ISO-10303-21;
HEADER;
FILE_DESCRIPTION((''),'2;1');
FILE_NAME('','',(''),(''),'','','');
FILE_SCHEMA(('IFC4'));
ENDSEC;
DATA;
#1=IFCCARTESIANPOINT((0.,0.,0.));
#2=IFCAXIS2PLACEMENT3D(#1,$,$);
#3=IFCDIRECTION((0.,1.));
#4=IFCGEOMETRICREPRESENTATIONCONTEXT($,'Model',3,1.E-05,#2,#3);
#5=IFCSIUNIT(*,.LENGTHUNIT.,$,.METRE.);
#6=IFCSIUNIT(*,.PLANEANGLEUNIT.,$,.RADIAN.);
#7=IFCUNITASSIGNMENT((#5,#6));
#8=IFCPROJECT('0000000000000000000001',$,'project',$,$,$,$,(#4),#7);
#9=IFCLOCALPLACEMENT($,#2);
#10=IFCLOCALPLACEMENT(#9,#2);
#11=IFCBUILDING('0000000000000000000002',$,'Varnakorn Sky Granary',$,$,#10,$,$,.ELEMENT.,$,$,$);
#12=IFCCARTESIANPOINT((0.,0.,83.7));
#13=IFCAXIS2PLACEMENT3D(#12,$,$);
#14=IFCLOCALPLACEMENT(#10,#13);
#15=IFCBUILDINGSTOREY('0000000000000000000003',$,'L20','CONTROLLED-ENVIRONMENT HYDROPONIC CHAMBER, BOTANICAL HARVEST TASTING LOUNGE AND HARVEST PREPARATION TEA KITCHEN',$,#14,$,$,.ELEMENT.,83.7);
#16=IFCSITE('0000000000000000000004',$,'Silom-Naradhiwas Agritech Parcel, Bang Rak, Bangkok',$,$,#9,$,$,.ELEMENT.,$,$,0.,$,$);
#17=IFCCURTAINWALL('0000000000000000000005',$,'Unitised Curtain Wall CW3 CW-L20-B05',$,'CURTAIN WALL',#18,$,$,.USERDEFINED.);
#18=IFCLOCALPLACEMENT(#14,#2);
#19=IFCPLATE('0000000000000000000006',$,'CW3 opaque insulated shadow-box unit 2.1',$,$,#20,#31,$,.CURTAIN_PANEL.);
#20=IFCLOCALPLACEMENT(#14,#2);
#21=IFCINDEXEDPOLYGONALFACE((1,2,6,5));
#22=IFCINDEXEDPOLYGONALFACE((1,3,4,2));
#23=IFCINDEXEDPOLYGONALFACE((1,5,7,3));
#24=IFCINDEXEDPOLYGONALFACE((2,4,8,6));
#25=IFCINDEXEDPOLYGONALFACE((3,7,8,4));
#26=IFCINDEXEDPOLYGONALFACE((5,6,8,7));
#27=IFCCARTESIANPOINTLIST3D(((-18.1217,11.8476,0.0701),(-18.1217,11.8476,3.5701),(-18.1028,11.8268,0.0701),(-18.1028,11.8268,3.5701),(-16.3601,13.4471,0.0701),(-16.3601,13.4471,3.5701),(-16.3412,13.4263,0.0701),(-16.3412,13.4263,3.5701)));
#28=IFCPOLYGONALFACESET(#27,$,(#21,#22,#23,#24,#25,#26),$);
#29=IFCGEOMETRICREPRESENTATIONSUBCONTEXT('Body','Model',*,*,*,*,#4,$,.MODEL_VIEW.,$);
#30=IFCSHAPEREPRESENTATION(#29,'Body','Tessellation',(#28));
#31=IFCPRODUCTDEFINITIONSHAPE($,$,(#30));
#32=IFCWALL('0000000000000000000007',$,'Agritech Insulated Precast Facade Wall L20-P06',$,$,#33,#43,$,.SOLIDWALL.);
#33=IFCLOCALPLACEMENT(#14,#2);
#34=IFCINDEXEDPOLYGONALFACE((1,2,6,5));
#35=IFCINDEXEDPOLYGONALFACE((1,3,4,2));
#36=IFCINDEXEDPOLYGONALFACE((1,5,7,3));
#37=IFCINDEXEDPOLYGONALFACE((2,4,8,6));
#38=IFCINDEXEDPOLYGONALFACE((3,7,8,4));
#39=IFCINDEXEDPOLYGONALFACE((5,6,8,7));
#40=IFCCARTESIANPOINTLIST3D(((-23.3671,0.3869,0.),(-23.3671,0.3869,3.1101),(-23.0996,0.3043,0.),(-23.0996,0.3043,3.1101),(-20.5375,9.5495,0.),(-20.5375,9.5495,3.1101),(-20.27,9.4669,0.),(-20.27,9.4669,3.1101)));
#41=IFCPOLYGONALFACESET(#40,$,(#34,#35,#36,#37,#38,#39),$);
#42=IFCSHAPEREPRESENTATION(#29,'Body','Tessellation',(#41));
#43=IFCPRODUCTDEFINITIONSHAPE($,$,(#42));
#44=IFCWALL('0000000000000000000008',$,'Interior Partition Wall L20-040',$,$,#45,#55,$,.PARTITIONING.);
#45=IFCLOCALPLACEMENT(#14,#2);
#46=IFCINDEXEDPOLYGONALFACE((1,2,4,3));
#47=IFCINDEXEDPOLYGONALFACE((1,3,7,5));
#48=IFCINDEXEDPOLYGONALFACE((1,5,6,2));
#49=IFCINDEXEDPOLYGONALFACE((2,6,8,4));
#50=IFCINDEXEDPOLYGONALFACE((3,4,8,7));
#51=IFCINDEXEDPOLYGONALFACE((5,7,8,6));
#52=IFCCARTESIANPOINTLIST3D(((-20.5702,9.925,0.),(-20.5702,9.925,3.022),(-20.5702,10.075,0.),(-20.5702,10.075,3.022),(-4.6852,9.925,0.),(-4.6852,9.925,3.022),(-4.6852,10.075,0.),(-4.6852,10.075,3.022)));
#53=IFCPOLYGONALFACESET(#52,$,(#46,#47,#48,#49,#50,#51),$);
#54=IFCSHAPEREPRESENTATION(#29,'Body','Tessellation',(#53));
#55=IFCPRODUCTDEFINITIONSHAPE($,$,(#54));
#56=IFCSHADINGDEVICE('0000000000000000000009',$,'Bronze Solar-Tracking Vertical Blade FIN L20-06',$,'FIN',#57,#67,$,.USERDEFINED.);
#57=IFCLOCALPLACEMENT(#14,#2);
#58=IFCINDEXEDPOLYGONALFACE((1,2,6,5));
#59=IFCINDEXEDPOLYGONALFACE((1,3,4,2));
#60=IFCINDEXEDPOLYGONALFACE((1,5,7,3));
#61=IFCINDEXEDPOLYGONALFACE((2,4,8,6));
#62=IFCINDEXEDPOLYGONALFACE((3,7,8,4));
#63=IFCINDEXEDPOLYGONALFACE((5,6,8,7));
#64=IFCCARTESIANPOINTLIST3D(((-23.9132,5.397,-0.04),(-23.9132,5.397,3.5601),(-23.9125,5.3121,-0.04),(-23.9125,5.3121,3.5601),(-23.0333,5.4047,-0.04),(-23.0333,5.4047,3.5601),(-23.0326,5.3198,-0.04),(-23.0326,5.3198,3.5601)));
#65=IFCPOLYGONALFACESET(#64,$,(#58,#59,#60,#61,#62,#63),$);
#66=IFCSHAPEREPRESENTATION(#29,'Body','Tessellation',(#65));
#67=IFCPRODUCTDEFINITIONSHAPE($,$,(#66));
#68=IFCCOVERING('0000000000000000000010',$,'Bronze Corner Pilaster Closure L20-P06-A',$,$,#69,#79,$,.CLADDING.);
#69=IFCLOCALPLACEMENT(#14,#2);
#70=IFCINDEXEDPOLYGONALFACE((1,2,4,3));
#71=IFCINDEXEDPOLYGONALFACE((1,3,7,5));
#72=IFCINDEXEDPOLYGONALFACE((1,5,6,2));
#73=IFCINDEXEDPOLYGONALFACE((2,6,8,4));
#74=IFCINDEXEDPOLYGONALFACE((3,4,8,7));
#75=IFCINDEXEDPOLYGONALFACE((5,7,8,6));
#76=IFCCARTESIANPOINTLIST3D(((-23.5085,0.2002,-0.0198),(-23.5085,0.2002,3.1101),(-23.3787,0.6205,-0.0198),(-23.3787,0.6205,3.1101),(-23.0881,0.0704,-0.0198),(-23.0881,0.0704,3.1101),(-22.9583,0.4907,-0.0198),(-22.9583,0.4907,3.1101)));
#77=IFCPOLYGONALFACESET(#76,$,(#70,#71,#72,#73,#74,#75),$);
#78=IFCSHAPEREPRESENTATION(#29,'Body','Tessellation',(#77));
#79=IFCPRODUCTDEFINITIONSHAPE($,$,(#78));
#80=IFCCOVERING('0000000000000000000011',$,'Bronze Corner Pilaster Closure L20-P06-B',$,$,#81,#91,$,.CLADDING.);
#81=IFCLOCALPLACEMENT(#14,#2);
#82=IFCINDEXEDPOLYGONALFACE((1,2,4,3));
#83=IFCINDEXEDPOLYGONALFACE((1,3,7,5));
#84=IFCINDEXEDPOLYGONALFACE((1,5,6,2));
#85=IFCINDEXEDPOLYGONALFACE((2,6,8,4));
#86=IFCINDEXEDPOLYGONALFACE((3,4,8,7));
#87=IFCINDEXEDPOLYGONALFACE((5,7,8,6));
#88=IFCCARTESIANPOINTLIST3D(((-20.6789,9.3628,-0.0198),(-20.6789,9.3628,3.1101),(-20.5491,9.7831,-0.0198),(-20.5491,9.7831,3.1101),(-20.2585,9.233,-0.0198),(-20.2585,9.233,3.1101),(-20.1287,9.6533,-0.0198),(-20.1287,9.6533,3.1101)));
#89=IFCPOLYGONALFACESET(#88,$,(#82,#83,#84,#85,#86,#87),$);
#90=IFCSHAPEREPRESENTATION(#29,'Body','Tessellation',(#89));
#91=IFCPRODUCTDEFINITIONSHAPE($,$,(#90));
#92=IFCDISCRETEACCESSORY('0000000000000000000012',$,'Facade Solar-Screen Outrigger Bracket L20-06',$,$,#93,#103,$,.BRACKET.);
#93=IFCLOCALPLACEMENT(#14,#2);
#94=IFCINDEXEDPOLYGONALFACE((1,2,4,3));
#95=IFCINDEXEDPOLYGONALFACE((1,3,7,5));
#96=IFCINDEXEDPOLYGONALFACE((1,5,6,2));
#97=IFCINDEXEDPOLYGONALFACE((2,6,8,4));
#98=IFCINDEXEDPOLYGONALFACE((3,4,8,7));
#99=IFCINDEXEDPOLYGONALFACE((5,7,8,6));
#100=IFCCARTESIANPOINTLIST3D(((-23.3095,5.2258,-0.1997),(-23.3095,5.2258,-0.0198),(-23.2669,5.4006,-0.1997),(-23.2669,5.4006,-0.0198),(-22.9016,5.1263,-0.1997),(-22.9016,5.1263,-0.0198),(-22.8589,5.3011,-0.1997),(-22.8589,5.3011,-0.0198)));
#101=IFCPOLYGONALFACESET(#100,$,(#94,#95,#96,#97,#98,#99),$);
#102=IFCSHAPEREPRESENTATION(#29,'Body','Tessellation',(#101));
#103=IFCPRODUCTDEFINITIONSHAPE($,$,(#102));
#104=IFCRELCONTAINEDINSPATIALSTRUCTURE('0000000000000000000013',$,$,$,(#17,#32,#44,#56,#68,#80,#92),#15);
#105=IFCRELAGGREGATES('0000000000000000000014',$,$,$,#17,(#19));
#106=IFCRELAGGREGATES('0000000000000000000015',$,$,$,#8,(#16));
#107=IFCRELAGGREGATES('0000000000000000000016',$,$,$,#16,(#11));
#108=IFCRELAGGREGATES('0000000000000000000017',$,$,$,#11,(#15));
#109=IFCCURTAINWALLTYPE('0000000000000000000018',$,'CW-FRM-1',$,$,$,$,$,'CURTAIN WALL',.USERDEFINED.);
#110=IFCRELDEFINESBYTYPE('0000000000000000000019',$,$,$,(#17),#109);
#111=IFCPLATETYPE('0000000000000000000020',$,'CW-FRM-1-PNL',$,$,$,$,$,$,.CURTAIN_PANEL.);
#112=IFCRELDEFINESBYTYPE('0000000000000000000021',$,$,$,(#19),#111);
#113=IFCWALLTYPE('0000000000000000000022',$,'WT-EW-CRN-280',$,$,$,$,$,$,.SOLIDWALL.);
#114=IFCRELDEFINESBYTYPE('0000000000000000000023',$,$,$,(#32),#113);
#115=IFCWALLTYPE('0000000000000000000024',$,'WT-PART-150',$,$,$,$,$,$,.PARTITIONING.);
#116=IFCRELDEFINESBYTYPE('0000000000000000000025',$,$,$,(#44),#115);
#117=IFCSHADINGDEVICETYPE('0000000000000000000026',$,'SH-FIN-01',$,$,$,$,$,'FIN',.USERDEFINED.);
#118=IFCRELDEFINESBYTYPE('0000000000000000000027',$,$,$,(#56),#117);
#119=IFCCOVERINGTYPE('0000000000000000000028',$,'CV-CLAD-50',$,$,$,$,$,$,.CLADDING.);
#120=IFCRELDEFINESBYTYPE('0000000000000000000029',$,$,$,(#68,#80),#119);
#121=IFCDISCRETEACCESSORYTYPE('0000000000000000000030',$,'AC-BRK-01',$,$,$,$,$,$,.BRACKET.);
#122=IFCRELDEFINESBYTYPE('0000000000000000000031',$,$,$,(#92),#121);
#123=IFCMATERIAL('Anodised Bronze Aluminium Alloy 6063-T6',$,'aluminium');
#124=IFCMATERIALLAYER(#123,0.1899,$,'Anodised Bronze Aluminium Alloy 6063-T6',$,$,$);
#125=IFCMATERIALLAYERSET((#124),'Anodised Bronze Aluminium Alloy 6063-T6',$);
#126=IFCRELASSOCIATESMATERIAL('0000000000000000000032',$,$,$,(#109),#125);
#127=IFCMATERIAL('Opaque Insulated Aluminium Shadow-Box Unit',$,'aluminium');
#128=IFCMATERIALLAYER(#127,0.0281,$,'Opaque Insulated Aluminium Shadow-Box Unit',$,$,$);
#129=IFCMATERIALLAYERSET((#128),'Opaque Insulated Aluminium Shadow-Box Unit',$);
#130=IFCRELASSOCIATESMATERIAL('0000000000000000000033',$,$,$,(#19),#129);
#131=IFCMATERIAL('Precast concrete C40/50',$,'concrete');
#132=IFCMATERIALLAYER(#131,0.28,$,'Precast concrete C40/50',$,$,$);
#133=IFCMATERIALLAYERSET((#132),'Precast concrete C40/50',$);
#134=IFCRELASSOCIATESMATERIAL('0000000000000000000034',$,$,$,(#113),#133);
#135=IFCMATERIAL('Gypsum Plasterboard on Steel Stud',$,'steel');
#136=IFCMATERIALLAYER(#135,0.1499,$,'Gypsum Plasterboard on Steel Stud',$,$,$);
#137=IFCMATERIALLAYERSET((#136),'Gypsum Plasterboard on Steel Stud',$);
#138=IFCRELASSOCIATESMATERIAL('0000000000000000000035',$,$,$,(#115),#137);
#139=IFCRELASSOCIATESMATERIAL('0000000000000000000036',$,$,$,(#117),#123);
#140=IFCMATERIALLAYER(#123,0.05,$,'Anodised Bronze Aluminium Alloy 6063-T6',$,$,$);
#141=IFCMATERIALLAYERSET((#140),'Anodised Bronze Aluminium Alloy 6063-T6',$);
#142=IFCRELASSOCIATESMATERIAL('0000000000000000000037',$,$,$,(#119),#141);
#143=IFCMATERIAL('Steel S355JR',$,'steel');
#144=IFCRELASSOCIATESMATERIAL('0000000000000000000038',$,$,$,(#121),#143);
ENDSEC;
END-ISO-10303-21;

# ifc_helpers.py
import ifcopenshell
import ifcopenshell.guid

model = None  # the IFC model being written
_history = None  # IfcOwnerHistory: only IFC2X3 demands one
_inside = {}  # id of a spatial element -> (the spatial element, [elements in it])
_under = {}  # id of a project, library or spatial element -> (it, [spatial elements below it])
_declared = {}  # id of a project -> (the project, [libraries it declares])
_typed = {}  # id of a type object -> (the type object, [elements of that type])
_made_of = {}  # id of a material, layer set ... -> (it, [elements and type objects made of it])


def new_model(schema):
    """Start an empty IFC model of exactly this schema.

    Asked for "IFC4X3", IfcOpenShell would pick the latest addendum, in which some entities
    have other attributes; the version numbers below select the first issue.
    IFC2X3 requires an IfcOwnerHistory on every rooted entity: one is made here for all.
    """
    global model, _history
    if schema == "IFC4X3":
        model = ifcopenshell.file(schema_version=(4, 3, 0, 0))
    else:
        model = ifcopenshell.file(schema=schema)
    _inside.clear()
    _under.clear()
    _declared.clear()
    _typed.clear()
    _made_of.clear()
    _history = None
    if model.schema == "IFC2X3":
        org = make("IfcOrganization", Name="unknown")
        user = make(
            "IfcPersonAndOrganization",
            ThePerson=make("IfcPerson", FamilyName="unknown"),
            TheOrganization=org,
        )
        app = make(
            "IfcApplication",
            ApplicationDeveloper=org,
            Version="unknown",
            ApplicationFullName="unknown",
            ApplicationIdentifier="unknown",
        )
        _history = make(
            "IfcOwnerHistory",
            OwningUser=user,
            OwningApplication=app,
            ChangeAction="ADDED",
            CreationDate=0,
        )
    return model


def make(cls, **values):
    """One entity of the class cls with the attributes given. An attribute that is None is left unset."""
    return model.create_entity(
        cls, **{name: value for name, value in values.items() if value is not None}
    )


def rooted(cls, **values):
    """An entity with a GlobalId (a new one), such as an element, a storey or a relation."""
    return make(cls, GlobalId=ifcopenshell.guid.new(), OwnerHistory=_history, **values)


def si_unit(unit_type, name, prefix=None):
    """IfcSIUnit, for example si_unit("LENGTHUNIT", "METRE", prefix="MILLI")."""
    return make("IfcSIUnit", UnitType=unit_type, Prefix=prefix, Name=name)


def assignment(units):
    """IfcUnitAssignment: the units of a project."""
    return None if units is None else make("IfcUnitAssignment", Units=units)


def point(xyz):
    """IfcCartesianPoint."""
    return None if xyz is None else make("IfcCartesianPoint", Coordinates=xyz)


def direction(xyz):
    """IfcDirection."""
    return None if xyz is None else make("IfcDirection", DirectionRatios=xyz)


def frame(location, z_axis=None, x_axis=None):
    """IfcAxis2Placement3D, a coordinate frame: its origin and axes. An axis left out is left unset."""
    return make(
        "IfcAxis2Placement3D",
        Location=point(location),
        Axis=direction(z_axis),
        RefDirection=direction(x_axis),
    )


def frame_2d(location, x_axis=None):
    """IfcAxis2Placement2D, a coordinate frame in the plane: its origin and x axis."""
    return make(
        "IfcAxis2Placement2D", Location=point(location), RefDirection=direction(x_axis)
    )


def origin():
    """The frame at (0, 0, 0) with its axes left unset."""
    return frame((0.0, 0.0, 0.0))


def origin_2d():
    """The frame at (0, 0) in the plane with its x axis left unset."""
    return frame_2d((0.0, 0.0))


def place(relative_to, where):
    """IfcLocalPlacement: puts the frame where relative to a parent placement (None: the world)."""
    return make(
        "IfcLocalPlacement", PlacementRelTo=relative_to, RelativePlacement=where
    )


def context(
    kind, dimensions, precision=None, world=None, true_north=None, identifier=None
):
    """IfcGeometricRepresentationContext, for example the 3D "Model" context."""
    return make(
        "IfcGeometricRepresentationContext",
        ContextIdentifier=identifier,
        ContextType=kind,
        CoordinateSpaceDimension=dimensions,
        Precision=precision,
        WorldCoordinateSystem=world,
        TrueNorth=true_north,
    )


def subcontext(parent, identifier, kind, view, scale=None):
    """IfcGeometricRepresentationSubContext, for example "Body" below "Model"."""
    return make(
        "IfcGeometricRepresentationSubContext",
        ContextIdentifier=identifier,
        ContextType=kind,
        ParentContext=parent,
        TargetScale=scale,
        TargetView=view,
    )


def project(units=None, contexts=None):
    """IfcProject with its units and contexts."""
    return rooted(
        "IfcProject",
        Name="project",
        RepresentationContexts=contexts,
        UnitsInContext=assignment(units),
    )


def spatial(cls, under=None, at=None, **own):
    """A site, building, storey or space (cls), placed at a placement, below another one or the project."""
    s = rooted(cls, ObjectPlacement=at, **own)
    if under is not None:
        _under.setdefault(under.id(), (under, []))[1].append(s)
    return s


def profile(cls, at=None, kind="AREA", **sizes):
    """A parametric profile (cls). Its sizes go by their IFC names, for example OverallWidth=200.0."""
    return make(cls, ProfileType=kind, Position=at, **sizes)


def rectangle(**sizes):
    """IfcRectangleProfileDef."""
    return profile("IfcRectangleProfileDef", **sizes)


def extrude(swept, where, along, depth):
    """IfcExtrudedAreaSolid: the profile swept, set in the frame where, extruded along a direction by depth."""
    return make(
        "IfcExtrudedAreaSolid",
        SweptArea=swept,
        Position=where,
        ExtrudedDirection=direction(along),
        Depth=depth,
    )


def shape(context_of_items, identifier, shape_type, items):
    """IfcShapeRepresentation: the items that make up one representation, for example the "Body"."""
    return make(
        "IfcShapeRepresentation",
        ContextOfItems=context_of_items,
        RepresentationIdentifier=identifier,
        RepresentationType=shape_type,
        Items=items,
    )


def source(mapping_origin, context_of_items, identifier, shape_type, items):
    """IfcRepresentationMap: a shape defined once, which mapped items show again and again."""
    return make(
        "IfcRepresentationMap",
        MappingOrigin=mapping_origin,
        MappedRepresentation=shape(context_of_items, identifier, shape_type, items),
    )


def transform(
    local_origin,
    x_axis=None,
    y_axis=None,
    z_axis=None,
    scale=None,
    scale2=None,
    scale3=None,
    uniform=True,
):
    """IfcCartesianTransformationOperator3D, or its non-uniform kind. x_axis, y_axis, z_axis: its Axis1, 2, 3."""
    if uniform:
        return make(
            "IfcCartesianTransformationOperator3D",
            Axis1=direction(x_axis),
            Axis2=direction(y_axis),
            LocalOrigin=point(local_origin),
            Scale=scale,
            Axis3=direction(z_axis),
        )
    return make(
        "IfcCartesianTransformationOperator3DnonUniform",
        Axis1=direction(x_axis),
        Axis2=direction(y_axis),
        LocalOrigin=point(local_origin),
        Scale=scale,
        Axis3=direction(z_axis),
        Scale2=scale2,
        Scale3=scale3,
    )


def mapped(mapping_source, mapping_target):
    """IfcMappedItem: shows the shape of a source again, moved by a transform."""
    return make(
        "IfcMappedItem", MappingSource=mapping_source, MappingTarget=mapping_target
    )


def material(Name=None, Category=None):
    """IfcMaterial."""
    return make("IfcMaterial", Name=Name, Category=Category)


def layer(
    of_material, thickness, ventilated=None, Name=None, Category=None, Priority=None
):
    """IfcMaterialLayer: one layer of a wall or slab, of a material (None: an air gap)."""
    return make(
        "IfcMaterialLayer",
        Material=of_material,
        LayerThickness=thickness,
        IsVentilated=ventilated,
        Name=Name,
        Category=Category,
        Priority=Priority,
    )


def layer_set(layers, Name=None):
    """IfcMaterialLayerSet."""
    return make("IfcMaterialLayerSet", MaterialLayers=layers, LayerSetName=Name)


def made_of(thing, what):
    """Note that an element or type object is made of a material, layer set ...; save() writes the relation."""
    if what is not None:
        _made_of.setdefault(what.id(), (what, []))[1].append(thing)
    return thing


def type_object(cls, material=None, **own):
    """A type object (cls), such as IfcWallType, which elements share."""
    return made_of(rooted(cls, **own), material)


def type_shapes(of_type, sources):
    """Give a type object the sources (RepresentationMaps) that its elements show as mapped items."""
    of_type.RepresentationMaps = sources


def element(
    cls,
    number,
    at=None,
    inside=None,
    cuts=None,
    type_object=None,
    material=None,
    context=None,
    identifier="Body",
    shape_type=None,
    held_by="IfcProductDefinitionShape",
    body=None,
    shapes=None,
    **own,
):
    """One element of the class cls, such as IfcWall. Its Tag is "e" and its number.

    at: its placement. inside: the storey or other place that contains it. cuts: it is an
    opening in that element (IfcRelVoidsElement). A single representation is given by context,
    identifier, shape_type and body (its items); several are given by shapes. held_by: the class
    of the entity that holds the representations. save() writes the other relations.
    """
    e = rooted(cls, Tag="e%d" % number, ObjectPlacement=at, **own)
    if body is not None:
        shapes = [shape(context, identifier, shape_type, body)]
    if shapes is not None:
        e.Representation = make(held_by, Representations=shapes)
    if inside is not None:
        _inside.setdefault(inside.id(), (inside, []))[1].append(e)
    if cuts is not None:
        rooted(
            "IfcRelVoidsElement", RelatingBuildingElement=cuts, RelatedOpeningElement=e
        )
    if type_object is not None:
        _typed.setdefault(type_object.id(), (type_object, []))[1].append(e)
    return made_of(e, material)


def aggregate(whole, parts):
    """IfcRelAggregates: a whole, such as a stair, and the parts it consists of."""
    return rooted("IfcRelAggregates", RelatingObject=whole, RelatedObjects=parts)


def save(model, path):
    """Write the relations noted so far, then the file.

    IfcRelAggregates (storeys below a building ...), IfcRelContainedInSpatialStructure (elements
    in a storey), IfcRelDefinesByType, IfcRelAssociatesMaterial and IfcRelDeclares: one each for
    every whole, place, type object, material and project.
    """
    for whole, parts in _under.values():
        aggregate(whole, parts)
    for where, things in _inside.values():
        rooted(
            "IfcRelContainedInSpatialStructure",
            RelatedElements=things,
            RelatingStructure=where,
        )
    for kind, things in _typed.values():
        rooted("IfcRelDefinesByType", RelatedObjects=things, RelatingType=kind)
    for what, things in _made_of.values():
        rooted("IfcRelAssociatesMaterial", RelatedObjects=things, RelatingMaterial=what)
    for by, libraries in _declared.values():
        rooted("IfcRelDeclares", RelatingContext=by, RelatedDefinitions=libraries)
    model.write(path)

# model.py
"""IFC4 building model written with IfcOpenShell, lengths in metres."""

from ifc_helpers import new_model, si_unit, direction, frame, frame_2d, origin, origin_2d, place, context, subcontext, project, spatial, rectangle, extrude, source, transform, mapped, material, layer, layer_set, type_object, type_shapes, element, aggregate, save


model = new_model("IFC4")

# Units and contexts
model_context = context("Model", 3, precision=1e-05, world=origin(), true_north=direction((0.0, 1.0)))
body_context = subcontext(model_context, "Body", "Model", "MODEL_VIEW")
ifc_project = project(units=[si_unit("LENGTHUNIT", "METRE"), si_unit("PLANEANGLEUNIT", "RADIAN")], contexts=[model_context])

# Site, building, storey
site_placement = place(None, origin())
site = spatial("IfcSite", under=ifc_project, at=site_placement, Name="Silom-Naradhiwas Agritech Parcel, Bang Rak, Bangkok", CompositionType="ELEMENT", RefElevation=0.0)
building_placement = place(site_placement, origin())
building = spatial("IfcBuilding", under=site, at=building_placement, Name="Varnakorn Sky Granary", CompositionType="ELEMENT")
storey_placement = place(building_placement, frame((0.0, 0.0, 83.7)))
storey = spatial("IfcBuildingStorey", under=building, at=storey_placement, Name="L20", Description="CONTROLLED-ENVIRONMENT HYDROPONIC CHAMBER, BOTANICAL HARVEST TASTING LOUNGE AND HARVEST PREPARATION TEA KITCHEN", CompositionType="ELEMENT", Elevation=83.7)

# Shared definitions
ifc_material_1 = material(Name="Steel S355JR", Category="steel")

# Curtain wall
ifc_material_2 = material(Name="Anodised Bronze Aluminium Alloy 6063-T6", Category="aluminium")
ifc_layer_1 = layer(ifc_material_2, 0.1899, Name="Anodised Bronze Aluminium Alloy 6063-T6")
ifc_layer_set_1 = layer_set([ifc_layer_1], Name="Anodised Bronze Aluminium Alloy 6063-T6")
curtain_wall_type = type_object("IfcCurtainWallType", Name="CW-FRM-1", ElementType="CURTAIN WALL", PredefinedType="USERDEFINED", material=ifc_layer_set_1)
curtain_wall_placement = place(storey_placement, origin())
curtain_wall = element("IfcCurtainWall", 1, at=curtain_wall_placement, inside=storey, type_object=curtain_wall_type, Name="Unitised Curtain Wall CW3 CW-L20-B05", ObjectType="CURTAIN WALL", PredefinedType="USERDEFINED")

# Plate
ifc_material_3 = material(Name="Opaque Insulated Aluminium Shadow-Box Unit", Category="aluminium")
ifc_layer_2 = layer(ifc_material_3, 0.0281, Name="Opaque Insulated Aluminium Shadow-Box Unit")
ifc_layer_set_2 = layer_set([ifc_layer_2], Name="Opaque Insulated Aluminium Shadow-Box Unit")
plate_type = type_object("IfcPlateType", Name="CW-FRM-1-PNL", PredefinedType="CURTAIN_PANEL")
shared_shape_1 = source(origin(), body_context, "Body", "SweptSolid", [
    extrude(rectangle(XDim=2.3794, YDim=0.0281, at=origin_2d()), origin(), (0.0, 0.0, 1.0), 3.5),
])
plate_1_placement = place(storey_placement, frame((-17.2314, 12.637, 0.0701), z_axis=(0.0, 0.0, 1.0), x_axis=(0.74036, 0.672211, 0.0)))
plate_1 = element("IfcPlate", 2, at=plate_1_placement, type_object=plate_type, material=ifc_layer_set_2, Name="CW3 opaque insulated shadow-box unit 2.1", PredefinedType="CURTAIN_PANEL", context=body_context, shape_type="MappedRepresentation", body=[
    mapped(shared_shape_1, transform((0.0, 0.0, 0.0), x_axis=(1.0, 0.0, 0.0), y_axis=(0.0, 1.0, 0.0), z_axis=(0.0, 0.0, 1.0), scale=1.0)),
])
aggregate(curtain_wall, [plate_1])

# Walls
ifc_material_4 = material(Name="Precast concrete C40/50", Category="concrete")
ifc_layer_3 = layer(ifc_material_4, 0.28, Name="Precast concrete C40/50")
ifc_layer_set_3 = layer_set([ifc_layer_3], Name="Precast concrete C40/50")
wall_type_1 = type_object("IfcWallType", Name="WT-EW-CRN-280", PredefinedType="SOLIDWALL", material=ifc_layer_set_3)
wall_1_placement = place(storey_placement, frame((-23.2334, 0.3455, 0.0), z_axis=(0.0, 0.0, 1.0), x_axis=(0.29507, 0.955476, 0.0)))
element("IfcWall", 3, at=wall_1_placement, inside=storey, type_object=wall_type_1, Name="Agritech Insulated Precast Facade Wall L20-P06", PredefinedType="SOLIDWALL", context=body_context, shape_type="SweptSolid", body=[
    extrude(rectangle(XDim=9.5896, YDim=0.28, at=frame_2d((4.7949, 0.0))), origin(), (0.0, 0.0, 1.0), 3.1101),
])
ifc_material_5 = material(Name="Gypsum Plasterboard on Steel Stud", Category="steel")
ifc_layer_4 = layer(ifc_material_5, 0.1499, Name="Gypsum Plasterboard on Steel Stud")
ifc_layer_set_4 = layer_set([ifc_layer_4], Name="Gypsum Plasterboard on Steel Stud")
wall_type_2 = type_object("IfcWallType", Name="WT-PART-150", PredefinedType="PARTITIONING", material=ifc_layer_set_4)
wall_2_placement = place(storey_placement, frame((-20.5701, 10.0, 0.0), z_axis=(0.0, 0.0, 1.0), x_axis=(1.0, 0.0, 0.0)))
element("IfcWall", 4, at=wall_2_placement, inside=storey, type_object=wall_type_2, Name="Interior Partition Wall L20-040", PredefinedType="PARTITIONING", context=body_context, shape_type="SweptSolid", body=[
    extrude(rectangle(XDim=15.885, YDim=0.1499, at=frame_2d((7.9424, 0.0))), origin(), (0.0, 0.0, 1.0), 3.022),
])

# Shading device
shading_device_type = type_object("IfcShadingDeviceType", Name="SH-FIN-01", ElementType="FIN", PredefinedType="USERDEFINED", material=ifc_material_2)
shared_shape_2 = source(origin(), body_context, "Body", "SweptSolid", [
    extrude(rectangle(XDim=0.085, YDim=0.8799, at=origin_2d()), origin(), (0.0, 0.0, 1.0), 3.6001),
])
type_shapes(shading_device_type, [shared_shape_2])
shading_device_placement = place(storey_placement, frame((-23.4729, 5.3584, -0.04), z_axis=(0.0, 0.0, 1.0), x_axis=(0.008713, -0.999962, 0.0)))
element("IfcShadingDevice", 5, at=shading_device_placement, inside=storey, type_object=shading_device_type, Name="Bronze Solar-Tracking Vertical Blade FIN L20-06", ObjectType="FIN", PredefinedType="USERDEFINED", context=body_context, shape_type="MappedRepresentation", body=[
    mapped(shared_shape_2, transform((0.0, 0.0, 0.0), x_axis=(1.0, 0.0, 0.0), y_axis=(0.0, 1.0, 0.0), z_axis=(0.0, 0.0, 1.0), scale=1.0)),
])

# Coverings
ifc_layer_5 = layer(ifc_material_2, 0.05, Name="Anodised Bronze Aluminium Alloy 6063-T6")
ifc_layer_set_5 = layer_set([ifc_layer_5], Name="Anodised Bronze Aluminium Alloy 6063-T6")
covering_type = type_object("IfcCoveringType", Name="CV-CLAD-50", PredefinedType="CLADDING", material=ifc_layer_set_5)
shared_shape_3 = source(origin(), body_context, "Body", "SweptSolid", [
    extrude(rectangle(XDim=0.4399, YDim=0.4399, at=origin_2d()), origin(), (0.0, 0.0, 1.0), 3.1299),
])
type_shapes(covering_type, [shared_shape_3])
for number, where, z_axis, x_axis, name in (
    (6, (-23.2334, 0.3455, -0.0198), (0.0, 0.0, 1.0), (0.295041, 0.955485, 0.0), "Bronze Corner Pilaster Closure L20-P06-A"),
    (7, (-20.4038, 9.5081, -0.0198), (0.0, 0.0, 1.0), (0.295041, 0.955485, 0.0), "Bronze Corner Pilaster Closure L20-P06-B"),
):
    element("IfcCovering", number, at=place(storey_placement, frame(where, z_axis=z_axis, x_axis=x_axis)), inside=storey, type_object=covering_type, Name=name, PredefinedType="CLADDING", context=body_context, shape_type="MappedRepresentation", body=[
        mapped(shared_shape_3, transform((0.0, 0.0, 0.0), x_axis=(1.0, 0.0, 0.0), y_axis=(0.0, 1.0, 0.0), z_axis=(0.0, 0.0, 1.0), scale=1.0)),
    ])

# Discrete accessory
discrete_accessory_type = type_object("IfcDiscreteAccessoryType", Name="AC-BRK-01", PredefinedType="BRACKET", material=ifc_material_1)
shared_shape_4 = source(origin(), body_context, "Body", "SweptSolid", [
    extrude(rectangle(XDim=0.1799, YDim=0.4199, at=origin_2d()), origin(), (0.0, 0.0, 1.0), 0.1799),
])
type_shapes(discrete_accessory_type, [shared_shape_4])
discrete_accessory_placement = place(storey_placement, frame((-23.0842, 5.2634, -0.1997), z_axis=(0.0, 0.0, 1.0), x_axis=(-0.236917, -0.97153, 0.0)))
element("IfcDiscreteAccessory", 8, at=discrete_accessory_placement, inside=storey, type_object=discrete_accessory_type, Name="Facade Solar-Screen Outrigger Bracket L20-06", PredefinedType="BRACKET", context=body_context, shape_type="MappedRepresentation", body=[
    mapped(shared_shape_4, transform((0.0, 0.0, 0.0), x_axis=(1.0, 0.0, 0.0), y_axis=(0.0, 1.0, 0.0), z_axis=(0.0, 0.0, 1.0), scale=1.0)),
])

save(model, "model.ifc")
